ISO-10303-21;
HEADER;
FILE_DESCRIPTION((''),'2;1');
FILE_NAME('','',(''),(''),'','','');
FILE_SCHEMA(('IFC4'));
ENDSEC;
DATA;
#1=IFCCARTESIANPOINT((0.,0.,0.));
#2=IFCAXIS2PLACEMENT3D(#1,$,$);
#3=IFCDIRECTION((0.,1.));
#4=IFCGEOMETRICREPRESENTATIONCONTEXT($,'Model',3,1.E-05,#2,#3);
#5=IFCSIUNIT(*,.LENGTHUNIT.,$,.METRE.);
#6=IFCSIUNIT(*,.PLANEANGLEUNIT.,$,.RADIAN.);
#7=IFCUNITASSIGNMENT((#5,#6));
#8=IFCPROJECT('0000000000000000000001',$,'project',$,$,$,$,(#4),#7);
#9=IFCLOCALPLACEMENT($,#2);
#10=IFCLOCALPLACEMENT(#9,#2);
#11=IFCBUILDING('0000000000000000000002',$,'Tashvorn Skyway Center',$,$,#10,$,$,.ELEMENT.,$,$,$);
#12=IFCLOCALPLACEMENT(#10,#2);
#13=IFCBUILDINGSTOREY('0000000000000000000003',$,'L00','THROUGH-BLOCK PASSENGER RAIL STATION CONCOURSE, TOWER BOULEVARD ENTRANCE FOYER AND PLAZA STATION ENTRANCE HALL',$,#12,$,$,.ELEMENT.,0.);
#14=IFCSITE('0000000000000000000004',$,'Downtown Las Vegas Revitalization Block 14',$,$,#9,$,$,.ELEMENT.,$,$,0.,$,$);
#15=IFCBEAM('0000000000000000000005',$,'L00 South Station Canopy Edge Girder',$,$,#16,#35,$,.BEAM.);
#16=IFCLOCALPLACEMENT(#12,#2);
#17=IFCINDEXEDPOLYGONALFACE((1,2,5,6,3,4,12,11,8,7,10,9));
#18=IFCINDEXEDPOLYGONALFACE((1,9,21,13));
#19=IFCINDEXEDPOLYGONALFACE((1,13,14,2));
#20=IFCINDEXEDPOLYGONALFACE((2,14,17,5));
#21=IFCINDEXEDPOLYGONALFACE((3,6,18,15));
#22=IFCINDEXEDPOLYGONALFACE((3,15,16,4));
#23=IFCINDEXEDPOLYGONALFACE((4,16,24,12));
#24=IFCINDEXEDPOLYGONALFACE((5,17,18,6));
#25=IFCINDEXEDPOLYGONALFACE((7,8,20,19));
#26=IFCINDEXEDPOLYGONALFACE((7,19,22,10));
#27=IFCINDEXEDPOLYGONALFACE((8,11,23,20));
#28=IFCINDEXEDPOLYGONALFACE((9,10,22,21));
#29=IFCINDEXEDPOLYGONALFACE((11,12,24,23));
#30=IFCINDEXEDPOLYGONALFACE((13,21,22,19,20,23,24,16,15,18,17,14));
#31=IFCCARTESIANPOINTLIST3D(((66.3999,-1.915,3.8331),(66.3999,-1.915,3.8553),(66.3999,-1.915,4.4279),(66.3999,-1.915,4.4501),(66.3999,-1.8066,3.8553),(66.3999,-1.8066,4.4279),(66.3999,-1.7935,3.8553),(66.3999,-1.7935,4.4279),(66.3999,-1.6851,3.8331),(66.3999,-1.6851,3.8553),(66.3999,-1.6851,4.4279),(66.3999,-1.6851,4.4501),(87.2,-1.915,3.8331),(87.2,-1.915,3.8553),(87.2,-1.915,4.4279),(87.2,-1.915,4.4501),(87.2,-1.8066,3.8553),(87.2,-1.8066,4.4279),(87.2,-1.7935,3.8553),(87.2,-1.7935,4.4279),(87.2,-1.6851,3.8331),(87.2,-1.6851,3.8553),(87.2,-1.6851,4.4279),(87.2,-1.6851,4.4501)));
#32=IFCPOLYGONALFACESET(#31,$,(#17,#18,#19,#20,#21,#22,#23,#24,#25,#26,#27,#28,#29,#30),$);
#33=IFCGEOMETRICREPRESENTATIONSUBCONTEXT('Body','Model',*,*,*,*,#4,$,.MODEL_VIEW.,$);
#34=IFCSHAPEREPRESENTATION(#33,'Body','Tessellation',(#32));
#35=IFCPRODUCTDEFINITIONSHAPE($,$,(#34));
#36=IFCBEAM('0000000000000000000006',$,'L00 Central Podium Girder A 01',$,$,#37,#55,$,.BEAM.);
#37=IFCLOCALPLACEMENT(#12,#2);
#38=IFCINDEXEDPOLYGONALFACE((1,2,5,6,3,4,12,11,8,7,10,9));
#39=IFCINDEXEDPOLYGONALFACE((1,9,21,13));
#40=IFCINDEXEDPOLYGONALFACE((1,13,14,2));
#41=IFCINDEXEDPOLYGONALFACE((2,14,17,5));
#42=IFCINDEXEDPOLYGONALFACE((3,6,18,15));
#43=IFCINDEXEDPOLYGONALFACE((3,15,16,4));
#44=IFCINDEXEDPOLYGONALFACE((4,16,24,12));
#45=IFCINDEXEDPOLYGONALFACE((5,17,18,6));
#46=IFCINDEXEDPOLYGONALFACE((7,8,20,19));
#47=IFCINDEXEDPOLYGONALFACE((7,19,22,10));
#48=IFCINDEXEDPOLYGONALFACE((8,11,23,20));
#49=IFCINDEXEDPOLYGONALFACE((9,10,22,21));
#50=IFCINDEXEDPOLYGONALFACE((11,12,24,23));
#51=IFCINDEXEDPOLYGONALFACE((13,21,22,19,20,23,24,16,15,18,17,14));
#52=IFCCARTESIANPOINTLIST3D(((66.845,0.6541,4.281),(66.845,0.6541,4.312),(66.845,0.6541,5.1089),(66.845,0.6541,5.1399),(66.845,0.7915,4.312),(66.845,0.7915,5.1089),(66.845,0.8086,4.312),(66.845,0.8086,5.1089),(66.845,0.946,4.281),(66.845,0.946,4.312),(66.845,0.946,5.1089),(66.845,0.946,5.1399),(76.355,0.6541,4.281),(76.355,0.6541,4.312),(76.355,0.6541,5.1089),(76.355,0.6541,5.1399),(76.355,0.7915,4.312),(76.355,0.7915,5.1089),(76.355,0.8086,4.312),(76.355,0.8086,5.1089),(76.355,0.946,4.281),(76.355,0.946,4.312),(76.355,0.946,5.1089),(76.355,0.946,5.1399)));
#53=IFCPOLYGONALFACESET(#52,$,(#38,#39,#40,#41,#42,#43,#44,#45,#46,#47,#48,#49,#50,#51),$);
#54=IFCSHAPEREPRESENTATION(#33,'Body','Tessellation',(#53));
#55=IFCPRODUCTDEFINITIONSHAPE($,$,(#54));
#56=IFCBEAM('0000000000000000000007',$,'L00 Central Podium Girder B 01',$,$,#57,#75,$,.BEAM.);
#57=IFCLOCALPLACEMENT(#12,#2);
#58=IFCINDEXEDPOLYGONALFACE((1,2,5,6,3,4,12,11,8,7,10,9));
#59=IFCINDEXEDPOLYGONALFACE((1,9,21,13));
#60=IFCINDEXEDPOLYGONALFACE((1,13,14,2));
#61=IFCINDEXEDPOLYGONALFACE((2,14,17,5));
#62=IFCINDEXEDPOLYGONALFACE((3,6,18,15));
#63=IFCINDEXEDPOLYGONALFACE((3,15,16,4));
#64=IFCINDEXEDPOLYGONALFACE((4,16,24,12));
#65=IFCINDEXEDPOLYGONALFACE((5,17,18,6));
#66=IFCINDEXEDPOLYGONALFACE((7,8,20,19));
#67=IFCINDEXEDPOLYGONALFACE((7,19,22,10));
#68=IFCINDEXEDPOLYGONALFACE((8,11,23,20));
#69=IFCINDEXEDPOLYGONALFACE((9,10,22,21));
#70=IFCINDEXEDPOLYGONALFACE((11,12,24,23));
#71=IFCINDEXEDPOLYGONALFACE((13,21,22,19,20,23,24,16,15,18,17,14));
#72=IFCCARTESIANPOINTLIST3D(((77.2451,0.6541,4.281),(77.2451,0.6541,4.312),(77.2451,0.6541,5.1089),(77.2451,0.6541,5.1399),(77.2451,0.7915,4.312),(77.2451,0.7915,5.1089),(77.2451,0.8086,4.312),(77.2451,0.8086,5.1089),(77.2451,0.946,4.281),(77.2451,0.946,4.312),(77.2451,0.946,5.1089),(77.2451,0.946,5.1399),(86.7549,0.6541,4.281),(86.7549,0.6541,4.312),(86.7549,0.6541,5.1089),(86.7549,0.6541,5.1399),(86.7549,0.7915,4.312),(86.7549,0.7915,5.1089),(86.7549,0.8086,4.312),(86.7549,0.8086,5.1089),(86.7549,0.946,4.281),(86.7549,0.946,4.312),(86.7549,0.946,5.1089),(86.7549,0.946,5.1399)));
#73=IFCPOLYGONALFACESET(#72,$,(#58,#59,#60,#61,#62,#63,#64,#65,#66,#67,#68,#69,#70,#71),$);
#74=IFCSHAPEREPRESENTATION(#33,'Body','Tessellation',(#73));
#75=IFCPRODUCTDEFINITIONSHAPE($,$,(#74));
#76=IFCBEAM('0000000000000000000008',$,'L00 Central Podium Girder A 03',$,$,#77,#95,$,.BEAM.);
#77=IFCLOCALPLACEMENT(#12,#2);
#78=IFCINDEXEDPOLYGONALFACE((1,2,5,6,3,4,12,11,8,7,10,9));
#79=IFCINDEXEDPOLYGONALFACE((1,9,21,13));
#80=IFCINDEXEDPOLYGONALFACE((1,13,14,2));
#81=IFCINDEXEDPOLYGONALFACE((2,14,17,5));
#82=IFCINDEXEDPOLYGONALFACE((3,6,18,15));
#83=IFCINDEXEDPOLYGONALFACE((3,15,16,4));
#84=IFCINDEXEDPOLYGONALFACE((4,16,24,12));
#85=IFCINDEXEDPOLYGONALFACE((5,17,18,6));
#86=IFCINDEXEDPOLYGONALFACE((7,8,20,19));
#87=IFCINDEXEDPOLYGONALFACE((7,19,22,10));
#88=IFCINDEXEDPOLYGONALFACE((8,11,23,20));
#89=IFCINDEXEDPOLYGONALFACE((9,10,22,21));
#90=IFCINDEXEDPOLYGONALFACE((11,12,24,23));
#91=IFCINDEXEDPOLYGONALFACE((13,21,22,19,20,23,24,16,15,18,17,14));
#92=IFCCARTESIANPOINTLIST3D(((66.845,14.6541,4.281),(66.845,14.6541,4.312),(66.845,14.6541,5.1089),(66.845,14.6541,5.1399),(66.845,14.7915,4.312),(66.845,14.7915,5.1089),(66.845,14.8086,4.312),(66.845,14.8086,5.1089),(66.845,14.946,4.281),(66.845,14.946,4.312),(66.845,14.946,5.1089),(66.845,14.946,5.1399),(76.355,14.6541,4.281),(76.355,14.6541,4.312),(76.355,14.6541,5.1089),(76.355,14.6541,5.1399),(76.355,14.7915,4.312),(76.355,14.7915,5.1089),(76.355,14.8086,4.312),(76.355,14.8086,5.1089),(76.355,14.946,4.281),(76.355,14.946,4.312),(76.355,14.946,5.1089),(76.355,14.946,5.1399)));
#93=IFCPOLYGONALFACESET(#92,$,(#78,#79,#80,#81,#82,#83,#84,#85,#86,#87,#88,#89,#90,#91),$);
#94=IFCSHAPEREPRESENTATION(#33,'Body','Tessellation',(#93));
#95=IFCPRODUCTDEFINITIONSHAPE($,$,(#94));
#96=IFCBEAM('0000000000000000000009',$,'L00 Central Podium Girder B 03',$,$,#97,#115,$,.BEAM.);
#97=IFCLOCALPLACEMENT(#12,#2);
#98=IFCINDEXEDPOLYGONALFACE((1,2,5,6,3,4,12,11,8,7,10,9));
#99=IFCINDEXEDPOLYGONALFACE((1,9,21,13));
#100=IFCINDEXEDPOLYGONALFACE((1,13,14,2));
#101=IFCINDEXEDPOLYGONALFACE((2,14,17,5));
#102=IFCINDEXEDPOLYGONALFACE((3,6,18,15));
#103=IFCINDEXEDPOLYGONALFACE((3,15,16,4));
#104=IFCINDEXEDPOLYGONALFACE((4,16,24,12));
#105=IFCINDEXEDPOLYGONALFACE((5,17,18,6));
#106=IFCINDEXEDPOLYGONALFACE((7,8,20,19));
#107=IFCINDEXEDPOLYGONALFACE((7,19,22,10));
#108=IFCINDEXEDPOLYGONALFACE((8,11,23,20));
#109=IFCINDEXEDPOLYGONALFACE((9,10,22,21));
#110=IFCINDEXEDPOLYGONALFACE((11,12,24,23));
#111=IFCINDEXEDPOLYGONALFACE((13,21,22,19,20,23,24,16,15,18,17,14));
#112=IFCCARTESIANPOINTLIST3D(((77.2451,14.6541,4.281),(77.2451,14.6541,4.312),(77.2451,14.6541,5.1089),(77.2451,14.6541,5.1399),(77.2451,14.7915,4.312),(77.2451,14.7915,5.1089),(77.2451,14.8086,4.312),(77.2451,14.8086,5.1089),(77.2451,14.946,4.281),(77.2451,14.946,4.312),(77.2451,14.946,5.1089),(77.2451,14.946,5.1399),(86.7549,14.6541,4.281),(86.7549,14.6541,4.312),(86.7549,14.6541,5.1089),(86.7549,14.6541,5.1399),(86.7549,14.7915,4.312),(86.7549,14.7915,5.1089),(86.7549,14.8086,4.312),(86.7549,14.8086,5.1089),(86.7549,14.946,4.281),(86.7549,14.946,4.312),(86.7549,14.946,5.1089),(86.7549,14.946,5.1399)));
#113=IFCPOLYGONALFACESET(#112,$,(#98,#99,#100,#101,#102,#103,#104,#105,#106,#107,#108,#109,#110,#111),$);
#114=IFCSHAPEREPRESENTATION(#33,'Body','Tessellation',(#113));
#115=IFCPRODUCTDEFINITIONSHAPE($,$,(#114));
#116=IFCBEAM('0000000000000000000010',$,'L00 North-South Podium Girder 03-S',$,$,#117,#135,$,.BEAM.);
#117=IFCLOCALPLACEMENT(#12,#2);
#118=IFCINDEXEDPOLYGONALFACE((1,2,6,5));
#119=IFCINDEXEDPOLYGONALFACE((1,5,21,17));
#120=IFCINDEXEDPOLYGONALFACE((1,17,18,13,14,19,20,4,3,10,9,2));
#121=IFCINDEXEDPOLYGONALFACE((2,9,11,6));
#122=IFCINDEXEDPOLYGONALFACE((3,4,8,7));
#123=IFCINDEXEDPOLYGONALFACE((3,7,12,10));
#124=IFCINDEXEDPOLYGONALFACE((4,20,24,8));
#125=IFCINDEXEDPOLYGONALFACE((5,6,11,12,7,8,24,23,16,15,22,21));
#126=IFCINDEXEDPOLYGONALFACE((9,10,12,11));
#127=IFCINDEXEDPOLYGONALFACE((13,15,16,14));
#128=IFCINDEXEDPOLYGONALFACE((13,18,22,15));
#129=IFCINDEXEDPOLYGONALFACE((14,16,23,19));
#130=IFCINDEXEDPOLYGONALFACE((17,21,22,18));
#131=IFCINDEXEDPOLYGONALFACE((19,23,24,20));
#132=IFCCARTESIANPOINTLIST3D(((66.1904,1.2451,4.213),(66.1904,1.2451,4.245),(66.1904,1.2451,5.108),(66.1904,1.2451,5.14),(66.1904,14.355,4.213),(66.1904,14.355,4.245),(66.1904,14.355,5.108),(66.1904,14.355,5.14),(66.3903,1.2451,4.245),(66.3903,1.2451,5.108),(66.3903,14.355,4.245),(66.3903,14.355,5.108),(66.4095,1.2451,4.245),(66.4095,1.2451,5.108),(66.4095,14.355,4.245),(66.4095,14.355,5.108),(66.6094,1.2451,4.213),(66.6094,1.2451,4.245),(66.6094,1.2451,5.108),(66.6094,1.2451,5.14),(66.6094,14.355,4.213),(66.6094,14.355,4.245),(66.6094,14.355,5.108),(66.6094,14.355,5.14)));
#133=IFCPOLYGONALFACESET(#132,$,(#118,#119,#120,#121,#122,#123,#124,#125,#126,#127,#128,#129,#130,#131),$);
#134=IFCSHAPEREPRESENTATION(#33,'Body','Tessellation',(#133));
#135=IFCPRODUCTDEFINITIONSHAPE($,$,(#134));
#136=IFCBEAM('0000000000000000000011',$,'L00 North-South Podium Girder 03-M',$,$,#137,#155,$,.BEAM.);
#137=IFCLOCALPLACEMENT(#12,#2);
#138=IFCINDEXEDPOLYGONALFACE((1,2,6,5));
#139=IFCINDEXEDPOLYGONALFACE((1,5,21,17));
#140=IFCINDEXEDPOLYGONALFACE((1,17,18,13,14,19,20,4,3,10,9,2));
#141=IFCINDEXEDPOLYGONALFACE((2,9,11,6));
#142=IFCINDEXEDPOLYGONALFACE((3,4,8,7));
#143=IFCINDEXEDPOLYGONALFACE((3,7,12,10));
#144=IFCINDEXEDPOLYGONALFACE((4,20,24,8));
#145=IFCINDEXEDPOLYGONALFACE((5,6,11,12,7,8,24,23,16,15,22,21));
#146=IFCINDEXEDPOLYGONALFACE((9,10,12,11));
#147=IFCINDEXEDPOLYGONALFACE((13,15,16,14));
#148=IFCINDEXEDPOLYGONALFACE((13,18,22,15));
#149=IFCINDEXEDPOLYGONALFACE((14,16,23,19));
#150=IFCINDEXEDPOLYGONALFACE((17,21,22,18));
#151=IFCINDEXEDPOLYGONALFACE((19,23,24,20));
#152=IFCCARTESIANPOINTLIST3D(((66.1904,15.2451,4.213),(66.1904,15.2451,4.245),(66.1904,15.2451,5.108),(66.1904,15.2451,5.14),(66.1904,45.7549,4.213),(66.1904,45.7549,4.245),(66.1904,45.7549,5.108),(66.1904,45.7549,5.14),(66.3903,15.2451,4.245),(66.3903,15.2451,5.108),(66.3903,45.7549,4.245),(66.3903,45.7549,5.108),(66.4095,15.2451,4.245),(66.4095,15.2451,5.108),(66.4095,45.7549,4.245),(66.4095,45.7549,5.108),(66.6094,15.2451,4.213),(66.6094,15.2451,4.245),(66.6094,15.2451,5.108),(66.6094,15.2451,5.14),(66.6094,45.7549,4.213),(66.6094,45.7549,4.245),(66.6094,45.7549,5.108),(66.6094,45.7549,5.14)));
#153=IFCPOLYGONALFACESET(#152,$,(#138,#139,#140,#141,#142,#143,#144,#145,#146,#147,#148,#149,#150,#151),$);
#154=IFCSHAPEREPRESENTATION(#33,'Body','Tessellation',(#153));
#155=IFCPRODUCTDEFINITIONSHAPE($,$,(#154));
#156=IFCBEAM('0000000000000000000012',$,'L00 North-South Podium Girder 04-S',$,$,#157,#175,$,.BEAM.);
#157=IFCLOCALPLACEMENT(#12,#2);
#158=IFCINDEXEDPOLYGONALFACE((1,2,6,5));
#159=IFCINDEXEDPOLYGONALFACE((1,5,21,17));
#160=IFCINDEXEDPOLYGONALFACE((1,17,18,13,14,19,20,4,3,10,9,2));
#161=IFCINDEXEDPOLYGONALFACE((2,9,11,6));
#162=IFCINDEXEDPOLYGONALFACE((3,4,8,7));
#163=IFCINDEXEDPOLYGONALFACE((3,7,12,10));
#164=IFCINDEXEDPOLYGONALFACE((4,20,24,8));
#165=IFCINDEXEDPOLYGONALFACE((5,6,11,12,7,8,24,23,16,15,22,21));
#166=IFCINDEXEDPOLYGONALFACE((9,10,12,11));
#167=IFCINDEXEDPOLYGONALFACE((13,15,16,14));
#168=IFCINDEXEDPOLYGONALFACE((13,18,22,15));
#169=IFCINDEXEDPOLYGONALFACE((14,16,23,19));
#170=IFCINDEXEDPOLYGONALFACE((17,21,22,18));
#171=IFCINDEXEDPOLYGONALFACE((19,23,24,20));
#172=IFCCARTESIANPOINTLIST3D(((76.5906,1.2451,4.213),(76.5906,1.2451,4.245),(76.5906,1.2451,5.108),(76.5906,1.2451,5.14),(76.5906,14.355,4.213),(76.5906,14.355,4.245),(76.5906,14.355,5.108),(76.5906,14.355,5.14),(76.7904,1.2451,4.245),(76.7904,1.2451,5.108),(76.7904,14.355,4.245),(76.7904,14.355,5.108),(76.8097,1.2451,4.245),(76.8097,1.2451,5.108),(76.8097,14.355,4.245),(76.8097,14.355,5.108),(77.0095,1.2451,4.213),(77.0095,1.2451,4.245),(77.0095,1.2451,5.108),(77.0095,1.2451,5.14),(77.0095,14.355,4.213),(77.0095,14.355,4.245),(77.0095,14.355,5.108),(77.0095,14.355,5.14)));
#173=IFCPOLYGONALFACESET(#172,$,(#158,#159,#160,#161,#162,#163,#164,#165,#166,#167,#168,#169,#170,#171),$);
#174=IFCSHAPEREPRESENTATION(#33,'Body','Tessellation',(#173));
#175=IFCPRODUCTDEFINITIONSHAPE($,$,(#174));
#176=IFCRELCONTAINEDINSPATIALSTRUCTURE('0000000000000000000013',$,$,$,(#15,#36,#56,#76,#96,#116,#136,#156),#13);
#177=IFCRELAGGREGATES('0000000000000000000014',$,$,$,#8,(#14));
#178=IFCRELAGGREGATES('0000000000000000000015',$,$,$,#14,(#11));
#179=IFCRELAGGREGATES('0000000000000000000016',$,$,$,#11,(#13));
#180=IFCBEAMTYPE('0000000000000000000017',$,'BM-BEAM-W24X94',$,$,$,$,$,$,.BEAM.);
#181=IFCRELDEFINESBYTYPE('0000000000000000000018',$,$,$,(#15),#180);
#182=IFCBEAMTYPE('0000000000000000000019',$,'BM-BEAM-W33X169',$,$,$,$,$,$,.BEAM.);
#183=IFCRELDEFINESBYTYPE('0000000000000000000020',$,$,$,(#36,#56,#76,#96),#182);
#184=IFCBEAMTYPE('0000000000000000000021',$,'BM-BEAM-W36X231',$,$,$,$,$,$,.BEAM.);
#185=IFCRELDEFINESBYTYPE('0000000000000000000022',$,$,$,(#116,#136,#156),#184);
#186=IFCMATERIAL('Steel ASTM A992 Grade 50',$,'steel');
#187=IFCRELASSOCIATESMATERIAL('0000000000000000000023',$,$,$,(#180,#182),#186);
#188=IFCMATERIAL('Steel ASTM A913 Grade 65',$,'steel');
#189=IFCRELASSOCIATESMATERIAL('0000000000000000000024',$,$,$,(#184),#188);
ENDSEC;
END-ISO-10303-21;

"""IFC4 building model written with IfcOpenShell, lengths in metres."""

from ifc_helpers import new_model, si_unit, direction, frame, origin, origin_2d, place, context, subcontext, project, spatial, i_section, extrude, material, material_profile, profile_set, type_object, element, save


model = new_model("IFC4")

# Units and contexts
model_context = context("Model", 3, precision=1e-05, world=origin(), true_north=direction((0.0, 1.0)))
body_context = subcontext(model_context, "Body", "Model", "MODEL_VIEW")
ifc_project = project(units=[si_unit("LENGTHUNIT", "METRE"), si_unit("PLANEANGLEUNIT", "RADIAN")], contexts=[model_context])

# Site, building, storey
site_placement = place(None, origin())
site = spatial("IfcSite", under=ifc_project, at=site_placement, Name="Downtown Las Vegas Revitalization Block 14", CompositionType="ELEMENT", RefElevation=0.0)
building_placement = place(site_placement, origin())
building = spatial("IfcBuilding", under=site, at=building_placement, Name="Tashvorn Skyway Center", CompositionType="ELEMENT")
storey_placement = place(building_placement, origin())
storey = spatial("IfcBuildingStorey", under=building, at=storey_placement, Name="L00", Description="THROUGH-BLOCK PASSENGER RAIL STATION CONCOURSE, TOWER BOULEVARD ENTRANCE FOYER AND PLAZA STATION ENTRANCE HALL", CompositionType="ELEMENT", Elevation=0.0)

# Beams
ifc_material_1 = material(Name="Steel ASTM A992 Grade 50", Category="steel")
ifc_material_profile_1 = material_profile(ifc_material_1, i_section(OverallWidth=0.23, OverallDepth=0.6169, WebThickness=0.0132, FlangeThickness=0.0222, at=origin_2d()), Name="W24X94")
ifc_profile_set_1 = profile_set([ifc_material_profile_1], Name="Steel ASTM A992 Grade 50")
beam_type_1 = type_object("IfcBeamType", Name="BM-BEAM-W24X94", PredefinedType="BEAM", material=ifc_profile_set_1)
beam_1_placement = place(storey_placement, frame((66.3999, -1.8, 4.1416), z_axis=(1.0, 0.0, 0.0), x_axis=(0.0, 1.0, 0.0)))
element("IfcBeam", 1, at=beam_1_placement, inside=storey, type_object=beam_type_1, Name="L00 South Station Canopy Edge Girder", PredefinedType="BEAM", context=body_context, shape_type="SweptSolid", body=[
    extrude(i_section(OverallWidth=0.23, OverallDepth=0.6169, WebThickness=0.0132, FlangeThickness=0.0222, at=origin_2d()), origin(), (0.0, 0.0, 1.0), 20.8),
])
ifc_material_profile_2 = material_profile(ifc_material_1, i_section(OverallWidth=0.292, OverallDepth=0.8589, WebThickness=0.0171, FlangeThickness=0.031, at=origin_2d()), Name="W33X169")
ifc_profile_set_2 = profile_set([ifc_material_profile_2], Name="Steel ASTM A992 Grade 50")
beam_type_2 = type_object("IfcBeamType", Name="BM-BEAM-W33X169", PredefinedType="BEAM", material=ifc_profile_set_2)
beam_2_placement = place(storey_placement, frame((66.845, 0.8, 4.7104), z_axis=(1.0, 0.0, 0.0), x_axis=(0.0, 1.0, 0.0)))
element("IfcBeam", 2, at=beam_2_placement, inside=storey, type_object=beam_type_2, Name="L00 Central Podium Girder A 01", PredefinedType="BEAM", context=body_context, shape_type="SweptSolid", body=[
    extrude(i_section(OverallWidth=0.292, OverallDepth=0.8589, WebThickness=0.0171, FlangeThickness=0.031, at=origin_2d()), origin(), (0.0, 0.0, 1.0), 9.51),
])
beam_3_placement = place(storey_placement, frame((77.2451, 0.8, 4.7104), z_axis=(1.0, 0.0, 0.0), x_axis=(0.0, 1.0, 0.0)))
element("IfcBeam", 3, at=beam_3_placement, inside=storey, type_object=beam_type_2, Name="L00 Central Podium Girder B 01", PredefinedType="BEAM", context=body_context, shape_type="SweptSolid", body=[
    extrude(i_section(OverallWidth=0.292, OverallDepth=0.8589, WebThickness=0.0171, FlangeThickness=0.031, at=origin_2d()), origin(), (0.0, 0.0, 1.0), 9.5098),
])
beam_4_placement = place(storey_placement, frame((66.845, 14.8, 4.7104), z_axis=(1.0, 0.0, 0.0), x_axis=(0.0, 1.0, 0.0)))
element("IfcBeam", 4, at=beam_4_placement, inside=storey, type_object=beam_type_2, Name="L00 Central Podium Girder A 03", PredefinedType="BEAM", context=body_context, shape_type="SweptSolid", body=[
    extrude(i_section(OverallWidth=0.292, OverallDepth=0.8589, WebThickness=0.0171, FlangeThickness=0.031, at=origin_2d()), origin(), (0.0, 0.0, 1.0), 9.51),
])
beam_5_placement = place(storey_placement, frame((77.2451, 14.8, 4.7104), z_axis=(1.0, 0.0, 0.0), x_axis=(0.0, 1.0, 0.0)))
element("IfcBeam", 5, at=beam_5_placement, inside=storey, type_object=beam_type_2, Name="L00 Central Podium Girder B 03", PredefinedType="BEAM", context=body_context, shape_type="SweptSolid", body=[
    extrude(i_section(OverallWidth=0.292, OverallDepth=0.8589, WebThickness=0.0171, FlangeThickness=0.031, at=origin_2d()), origin(), (0.0, 0.0, 1.0), 9.5098),
])
ifc_material_2 = material(Name="Steel ASTM A913 Grade 65", Category="steel")
ifc_material_profile_3 = material_profile(ifc_material_2, i_section(OverallWidth=0.4189, OverallDepth=0.927, WebThickness=0.0193, FlangeThickness=0.032, at=origin_2d()), Name="W36X231")
ifc_profile_set_3 = profile_set([ifc_material_profile_3], Name="Steel ASTM A913 Grade 65")
beam_type_3 = type_object("IfcBeamType", Name="BM-BEAM-W36X231", PredefinedType="BEAM", material=ifc_profile_set_3)
beam_6_placement = place(storey_placement, frame((66.3999, 1.2451, 4.6765), z_axis=(0.0, 1.0, 0.0), x_axis=(-1.0, 0.0, 0.0)))
element("IfcBeam", 6, at=beam_6_placement, inside=storey, type_object=beam_type_3, Name="L00 North-South Podium Girder 03-S", PredefinedType="BEAM", context=body_context, shape_type="SweptSolid", body=[
    extrude(i_section(OverallWidth=0.4189, OverallDepth=0.927, WebThickness=0.0193, FlangeThickness=0.032, at=origin_2d()), origin(), (0.0, 0.0, 1.0), 13.1099),
])
beam_7_placement = place(storey_placement, frame((66.3999, 15.2451, 4.6765), z_axis=(0.0, 1.0, 0.0), x_axis=(-1.0, 0.0, 0.0)))
element("IfcBeam", 7, at=beam_7_placement, inside=storey, type_object=beam_type_3, Name="L00 North-South Podium Girder 03-M", PredefinedType="BEAM", context=body_context, shape_type="SweptSolid", body=[
    extrude(i_section(OverallWidth=0.4189, OverallDepth=0.927, WebThickness=0.0193, FlangeThickness=0.032, at=origin_2d()), origin(), (0.0, 0.0, 1.0), 30.5098),
])
for number, where, z_axis, x_axis, name in (
    (8, (76.8, 1.2451, 4.6765), (0.0, 1.0, 0.0), (-1.0, 0.0, 0.0), "L00 North-South Podium Girder 04-S"),
):
    element("IfcBeam", number, at=place(storey_placement, frame(where, z_axis=z_axis, x_axis=x_axis)), inside=storey, type_object=beam_type_3, Name=name, PredefinedType="BEAM", context=body_context, shape_type="SweptSolid", body=[
        extrude(i_section(OverallWidth=0.4189, OverallDepth=0.927, WebThickness=0.0193, FlangeThickness=0.032, at=origin_2d()), origin(), (0.0, 0.0, 1.0), 13.1099),
    ])

save(model, "model.ifc")
